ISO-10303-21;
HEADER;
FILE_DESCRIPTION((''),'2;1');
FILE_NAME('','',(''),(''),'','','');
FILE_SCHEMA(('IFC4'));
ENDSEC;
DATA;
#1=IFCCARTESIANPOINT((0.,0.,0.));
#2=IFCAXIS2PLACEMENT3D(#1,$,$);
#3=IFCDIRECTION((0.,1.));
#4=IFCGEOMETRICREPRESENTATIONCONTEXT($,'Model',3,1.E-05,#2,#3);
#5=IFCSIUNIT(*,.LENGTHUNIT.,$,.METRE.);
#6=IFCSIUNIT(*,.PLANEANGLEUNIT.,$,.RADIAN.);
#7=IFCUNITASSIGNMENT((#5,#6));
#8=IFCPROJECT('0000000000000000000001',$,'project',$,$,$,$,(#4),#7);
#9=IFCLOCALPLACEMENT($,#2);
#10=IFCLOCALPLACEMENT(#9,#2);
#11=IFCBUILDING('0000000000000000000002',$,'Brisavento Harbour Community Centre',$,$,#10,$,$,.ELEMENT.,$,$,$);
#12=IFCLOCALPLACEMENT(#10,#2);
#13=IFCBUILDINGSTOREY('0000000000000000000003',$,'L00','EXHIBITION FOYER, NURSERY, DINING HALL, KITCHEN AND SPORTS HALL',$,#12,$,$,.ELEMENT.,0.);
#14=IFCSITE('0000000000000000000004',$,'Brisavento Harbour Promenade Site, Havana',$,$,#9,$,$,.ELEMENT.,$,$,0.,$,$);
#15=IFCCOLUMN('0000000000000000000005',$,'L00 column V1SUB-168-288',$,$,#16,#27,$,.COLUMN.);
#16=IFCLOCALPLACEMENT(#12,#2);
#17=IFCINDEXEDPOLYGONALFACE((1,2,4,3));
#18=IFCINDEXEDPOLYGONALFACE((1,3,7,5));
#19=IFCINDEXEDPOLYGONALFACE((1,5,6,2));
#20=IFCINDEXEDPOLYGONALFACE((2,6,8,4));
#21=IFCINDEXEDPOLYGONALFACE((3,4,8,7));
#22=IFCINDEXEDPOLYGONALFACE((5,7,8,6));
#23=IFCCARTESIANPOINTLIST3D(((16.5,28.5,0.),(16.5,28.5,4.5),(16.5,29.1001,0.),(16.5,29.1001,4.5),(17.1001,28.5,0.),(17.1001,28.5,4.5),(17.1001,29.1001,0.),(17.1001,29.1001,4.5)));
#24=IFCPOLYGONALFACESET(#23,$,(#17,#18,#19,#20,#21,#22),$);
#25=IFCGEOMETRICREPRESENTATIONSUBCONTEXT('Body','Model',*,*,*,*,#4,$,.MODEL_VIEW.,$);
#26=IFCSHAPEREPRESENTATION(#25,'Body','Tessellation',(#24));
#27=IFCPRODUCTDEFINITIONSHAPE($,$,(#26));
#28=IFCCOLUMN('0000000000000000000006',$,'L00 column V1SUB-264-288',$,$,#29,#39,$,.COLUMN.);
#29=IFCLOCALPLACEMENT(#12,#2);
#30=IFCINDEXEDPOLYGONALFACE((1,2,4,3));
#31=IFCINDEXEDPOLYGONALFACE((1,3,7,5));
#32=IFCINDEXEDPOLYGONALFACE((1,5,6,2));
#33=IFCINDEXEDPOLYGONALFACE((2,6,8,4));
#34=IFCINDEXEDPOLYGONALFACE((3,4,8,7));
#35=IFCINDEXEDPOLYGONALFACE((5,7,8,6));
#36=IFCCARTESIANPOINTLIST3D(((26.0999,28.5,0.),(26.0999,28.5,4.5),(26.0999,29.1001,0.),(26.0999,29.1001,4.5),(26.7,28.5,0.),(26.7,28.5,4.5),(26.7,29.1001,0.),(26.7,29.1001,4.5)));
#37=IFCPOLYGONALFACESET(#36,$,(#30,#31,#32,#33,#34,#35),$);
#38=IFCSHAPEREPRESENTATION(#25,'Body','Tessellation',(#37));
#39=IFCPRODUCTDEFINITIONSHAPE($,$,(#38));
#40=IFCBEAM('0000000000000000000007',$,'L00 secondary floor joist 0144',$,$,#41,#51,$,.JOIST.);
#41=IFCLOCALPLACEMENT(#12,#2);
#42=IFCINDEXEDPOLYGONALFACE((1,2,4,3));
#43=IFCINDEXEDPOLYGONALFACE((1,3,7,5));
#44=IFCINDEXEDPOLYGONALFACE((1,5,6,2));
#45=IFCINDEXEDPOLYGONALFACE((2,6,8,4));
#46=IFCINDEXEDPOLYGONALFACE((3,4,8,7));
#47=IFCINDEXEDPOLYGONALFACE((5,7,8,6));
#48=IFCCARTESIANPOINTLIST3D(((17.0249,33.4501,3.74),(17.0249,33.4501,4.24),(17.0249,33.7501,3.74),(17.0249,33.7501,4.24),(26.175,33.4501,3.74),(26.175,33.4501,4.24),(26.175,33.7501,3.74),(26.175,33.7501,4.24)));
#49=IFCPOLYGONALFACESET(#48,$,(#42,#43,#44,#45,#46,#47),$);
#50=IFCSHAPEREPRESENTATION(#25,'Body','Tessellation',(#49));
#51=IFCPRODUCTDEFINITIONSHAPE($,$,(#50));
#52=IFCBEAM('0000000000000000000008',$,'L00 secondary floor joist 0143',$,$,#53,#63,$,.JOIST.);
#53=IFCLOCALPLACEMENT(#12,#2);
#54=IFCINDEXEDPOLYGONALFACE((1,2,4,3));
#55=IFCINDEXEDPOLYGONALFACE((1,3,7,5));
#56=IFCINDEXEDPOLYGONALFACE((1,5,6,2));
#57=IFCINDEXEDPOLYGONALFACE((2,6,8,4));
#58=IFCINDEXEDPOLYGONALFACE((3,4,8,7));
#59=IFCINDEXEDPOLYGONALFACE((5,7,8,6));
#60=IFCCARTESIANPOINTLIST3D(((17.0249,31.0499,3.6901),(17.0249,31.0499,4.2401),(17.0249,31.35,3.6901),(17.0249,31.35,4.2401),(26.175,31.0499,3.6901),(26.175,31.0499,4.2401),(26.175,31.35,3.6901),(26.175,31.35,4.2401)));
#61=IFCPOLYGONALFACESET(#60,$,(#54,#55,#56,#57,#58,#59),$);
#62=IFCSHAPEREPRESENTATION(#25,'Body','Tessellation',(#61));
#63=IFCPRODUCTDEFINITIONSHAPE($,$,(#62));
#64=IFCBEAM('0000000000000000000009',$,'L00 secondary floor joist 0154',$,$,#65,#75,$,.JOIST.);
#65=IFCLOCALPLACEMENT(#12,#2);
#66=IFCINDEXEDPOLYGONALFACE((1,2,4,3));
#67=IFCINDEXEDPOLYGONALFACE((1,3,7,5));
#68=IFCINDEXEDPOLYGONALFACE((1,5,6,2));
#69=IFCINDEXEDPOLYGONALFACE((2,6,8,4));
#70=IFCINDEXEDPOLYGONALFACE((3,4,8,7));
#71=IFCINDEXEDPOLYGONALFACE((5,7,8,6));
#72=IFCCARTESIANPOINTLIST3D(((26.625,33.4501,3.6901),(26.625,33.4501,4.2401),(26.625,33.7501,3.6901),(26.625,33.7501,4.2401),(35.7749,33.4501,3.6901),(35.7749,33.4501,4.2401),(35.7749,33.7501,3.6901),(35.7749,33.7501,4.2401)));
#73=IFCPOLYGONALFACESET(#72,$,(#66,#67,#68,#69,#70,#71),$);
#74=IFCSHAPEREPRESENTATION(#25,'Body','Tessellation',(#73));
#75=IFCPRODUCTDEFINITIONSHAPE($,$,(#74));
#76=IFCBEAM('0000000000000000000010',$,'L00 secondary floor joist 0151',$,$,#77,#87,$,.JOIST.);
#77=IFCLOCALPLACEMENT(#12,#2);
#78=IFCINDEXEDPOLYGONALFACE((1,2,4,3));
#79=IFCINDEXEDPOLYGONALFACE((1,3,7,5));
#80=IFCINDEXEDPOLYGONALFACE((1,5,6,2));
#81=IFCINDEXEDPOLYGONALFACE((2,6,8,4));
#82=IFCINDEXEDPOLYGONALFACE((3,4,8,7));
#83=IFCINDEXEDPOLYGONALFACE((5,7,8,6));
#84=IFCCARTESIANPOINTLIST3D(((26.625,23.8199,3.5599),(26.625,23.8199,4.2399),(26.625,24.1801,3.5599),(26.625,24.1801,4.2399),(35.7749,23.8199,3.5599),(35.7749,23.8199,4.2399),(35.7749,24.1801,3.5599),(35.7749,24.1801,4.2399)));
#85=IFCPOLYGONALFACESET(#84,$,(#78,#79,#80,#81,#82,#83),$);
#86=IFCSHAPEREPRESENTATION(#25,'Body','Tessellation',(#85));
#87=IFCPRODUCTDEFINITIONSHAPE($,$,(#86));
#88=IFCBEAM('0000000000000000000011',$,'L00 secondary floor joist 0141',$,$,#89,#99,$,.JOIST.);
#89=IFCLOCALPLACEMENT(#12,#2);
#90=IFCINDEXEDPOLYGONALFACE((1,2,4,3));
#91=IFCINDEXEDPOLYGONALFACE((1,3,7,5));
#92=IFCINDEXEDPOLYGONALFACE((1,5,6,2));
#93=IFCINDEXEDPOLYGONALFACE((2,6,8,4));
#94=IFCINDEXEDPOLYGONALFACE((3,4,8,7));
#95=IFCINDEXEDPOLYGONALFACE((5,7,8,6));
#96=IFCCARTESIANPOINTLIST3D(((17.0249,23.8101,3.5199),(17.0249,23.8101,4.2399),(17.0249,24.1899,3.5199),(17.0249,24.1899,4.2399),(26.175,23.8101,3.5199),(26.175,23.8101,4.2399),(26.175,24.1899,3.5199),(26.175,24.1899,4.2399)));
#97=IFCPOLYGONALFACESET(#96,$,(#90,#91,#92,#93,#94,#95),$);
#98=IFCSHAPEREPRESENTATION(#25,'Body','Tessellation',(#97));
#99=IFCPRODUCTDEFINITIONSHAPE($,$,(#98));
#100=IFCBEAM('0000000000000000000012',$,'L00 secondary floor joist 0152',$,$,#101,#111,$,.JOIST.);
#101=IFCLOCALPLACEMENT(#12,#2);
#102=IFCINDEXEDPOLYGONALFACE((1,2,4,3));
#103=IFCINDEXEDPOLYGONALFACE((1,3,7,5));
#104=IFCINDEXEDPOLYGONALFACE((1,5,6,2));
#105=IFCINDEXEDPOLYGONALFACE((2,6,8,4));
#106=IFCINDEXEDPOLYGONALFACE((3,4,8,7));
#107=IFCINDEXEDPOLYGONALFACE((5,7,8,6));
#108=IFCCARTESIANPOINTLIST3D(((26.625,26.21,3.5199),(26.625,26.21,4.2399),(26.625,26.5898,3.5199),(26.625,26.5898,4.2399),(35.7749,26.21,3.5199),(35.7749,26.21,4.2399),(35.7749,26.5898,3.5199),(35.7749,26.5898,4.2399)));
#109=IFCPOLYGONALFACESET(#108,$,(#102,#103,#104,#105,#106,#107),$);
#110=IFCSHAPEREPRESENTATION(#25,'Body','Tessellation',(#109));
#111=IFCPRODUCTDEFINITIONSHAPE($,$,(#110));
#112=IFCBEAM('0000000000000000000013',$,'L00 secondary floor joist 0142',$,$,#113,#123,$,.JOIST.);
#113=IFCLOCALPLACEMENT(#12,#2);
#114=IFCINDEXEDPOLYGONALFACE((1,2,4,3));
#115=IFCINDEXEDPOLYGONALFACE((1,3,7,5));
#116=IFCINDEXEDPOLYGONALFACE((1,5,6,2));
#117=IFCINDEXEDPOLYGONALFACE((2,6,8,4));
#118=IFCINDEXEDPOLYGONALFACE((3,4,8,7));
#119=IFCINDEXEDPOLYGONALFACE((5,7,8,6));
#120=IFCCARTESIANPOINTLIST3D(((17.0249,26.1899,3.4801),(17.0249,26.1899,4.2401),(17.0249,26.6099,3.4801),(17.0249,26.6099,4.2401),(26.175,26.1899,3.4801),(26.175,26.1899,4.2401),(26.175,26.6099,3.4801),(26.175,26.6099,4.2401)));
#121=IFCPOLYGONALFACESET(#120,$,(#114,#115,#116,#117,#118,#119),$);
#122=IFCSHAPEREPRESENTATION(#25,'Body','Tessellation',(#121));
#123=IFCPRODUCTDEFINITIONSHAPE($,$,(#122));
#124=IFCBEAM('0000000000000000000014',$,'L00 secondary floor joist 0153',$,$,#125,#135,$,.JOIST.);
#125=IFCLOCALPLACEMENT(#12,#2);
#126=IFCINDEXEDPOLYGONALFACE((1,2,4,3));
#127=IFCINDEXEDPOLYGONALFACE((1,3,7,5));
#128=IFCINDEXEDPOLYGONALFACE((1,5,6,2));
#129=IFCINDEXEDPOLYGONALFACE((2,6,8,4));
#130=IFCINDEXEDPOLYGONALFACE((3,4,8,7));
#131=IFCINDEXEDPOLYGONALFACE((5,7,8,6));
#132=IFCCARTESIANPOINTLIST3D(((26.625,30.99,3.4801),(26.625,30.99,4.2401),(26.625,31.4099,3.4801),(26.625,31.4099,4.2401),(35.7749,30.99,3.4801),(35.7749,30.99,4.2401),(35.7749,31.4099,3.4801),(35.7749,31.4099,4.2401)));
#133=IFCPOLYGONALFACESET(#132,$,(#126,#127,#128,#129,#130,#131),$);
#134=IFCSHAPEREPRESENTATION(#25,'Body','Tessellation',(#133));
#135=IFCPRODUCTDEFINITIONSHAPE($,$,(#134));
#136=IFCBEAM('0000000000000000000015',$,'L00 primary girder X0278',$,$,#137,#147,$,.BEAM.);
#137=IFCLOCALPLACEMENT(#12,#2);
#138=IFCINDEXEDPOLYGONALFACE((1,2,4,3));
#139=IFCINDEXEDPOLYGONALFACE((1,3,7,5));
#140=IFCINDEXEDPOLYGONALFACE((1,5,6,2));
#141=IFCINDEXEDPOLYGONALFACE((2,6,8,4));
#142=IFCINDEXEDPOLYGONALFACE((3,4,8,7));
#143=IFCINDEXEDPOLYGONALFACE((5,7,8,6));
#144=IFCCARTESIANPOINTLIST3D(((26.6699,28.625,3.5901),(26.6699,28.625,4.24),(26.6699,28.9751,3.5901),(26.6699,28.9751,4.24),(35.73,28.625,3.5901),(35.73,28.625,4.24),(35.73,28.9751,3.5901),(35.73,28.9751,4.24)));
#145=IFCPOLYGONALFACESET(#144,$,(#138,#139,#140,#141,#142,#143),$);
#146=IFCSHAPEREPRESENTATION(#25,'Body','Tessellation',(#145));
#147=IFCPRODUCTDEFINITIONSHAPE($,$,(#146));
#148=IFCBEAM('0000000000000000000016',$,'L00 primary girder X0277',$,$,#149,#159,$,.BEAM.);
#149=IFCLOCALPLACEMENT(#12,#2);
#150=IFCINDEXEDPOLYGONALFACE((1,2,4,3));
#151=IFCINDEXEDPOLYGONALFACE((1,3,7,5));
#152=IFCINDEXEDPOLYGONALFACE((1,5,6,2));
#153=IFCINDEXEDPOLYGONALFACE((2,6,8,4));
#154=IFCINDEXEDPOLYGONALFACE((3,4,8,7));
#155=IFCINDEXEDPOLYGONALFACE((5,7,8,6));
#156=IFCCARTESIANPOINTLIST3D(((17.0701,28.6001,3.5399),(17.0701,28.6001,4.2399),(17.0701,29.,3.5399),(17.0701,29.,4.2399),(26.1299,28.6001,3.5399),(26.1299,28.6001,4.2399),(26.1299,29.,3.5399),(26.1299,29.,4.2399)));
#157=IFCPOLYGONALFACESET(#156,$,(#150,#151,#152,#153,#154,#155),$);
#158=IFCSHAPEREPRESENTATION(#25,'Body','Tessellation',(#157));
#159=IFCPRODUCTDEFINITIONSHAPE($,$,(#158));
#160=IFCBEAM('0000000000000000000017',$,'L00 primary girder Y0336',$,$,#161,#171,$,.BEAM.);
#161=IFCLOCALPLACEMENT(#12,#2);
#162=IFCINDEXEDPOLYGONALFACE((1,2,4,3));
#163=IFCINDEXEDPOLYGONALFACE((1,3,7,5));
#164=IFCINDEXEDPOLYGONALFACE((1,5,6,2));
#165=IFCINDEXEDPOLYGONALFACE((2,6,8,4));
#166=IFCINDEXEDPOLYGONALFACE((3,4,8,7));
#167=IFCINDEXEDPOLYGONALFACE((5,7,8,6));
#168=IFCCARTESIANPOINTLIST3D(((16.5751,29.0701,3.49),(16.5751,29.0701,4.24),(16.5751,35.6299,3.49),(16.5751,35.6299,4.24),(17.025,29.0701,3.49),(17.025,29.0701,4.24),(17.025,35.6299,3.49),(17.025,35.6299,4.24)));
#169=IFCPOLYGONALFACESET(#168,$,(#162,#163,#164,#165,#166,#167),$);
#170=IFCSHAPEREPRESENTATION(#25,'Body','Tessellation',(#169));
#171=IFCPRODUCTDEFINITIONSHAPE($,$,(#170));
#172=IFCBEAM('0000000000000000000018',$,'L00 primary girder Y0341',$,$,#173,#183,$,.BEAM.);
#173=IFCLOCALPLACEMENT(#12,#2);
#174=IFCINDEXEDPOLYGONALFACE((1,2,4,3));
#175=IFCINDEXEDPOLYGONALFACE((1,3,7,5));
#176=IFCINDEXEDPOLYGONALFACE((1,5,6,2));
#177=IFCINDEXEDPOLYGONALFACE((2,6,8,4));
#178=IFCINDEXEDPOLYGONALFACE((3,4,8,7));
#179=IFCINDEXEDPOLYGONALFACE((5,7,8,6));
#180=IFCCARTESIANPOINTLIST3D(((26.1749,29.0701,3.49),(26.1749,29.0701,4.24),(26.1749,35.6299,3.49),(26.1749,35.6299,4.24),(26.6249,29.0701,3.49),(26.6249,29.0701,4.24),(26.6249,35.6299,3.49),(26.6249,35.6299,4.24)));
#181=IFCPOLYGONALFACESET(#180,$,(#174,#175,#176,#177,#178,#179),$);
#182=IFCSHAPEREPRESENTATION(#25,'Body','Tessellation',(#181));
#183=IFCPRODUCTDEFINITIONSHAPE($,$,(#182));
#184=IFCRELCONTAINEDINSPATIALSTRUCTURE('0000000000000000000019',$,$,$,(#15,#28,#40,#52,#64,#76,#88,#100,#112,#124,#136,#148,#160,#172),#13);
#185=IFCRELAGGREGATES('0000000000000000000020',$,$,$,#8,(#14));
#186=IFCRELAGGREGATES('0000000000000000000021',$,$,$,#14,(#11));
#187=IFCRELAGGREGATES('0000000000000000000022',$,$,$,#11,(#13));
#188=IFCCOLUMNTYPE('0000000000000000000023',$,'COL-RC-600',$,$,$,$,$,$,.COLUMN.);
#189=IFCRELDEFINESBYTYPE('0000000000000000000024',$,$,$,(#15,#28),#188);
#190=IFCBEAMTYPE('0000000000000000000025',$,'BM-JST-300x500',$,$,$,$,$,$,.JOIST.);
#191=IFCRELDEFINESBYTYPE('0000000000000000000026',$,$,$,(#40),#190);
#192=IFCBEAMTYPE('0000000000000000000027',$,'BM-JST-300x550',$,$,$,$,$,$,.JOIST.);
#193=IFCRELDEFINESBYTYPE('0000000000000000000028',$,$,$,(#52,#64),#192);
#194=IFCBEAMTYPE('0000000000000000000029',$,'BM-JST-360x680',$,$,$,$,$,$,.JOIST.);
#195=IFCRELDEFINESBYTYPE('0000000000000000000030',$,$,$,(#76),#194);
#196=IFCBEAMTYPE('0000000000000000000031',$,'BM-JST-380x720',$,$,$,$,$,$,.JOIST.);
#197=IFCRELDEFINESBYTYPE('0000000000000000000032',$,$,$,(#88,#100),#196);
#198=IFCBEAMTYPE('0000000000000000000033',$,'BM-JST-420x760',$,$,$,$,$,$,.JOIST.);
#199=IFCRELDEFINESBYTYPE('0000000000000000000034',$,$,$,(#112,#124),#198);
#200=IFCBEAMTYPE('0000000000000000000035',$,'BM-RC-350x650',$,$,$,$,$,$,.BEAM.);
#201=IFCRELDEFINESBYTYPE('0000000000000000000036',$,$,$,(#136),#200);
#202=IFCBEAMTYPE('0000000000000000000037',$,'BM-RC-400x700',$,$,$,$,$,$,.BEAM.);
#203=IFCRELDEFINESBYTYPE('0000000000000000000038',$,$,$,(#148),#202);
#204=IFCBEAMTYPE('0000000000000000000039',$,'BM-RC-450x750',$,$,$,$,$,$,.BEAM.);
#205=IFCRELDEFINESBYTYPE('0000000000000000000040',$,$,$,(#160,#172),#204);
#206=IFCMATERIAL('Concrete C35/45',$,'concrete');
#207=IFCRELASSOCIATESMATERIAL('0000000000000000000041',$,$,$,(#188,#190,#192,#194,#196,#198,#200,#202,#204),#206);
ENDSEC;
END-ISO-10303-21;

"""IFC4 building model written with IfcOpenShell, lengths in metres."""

from ifc_helpers import new_model, si_unit, direction, frame, origin, origin_2d, place, context, subcontext, project, spatial, rectangle, extrude, material, material_profile, profile_set, type_object, element, save


model = new_model("IFC4")

# Units and contexts
model_context = context("Model", 3, precision=1e-05, world=origin(), true_north=direction((0.0, 1.0)))
body_context = subcontext(model_context, "Body", "Model", "MODEL_VIEW")
ifc_project = project(units=[si_unit("LENGTHUNIT", "METRE"), si_unit("PLANEANGLEUNIT", "RADIAN")], contexts=[model_context])

# Site, building, storey
site_placement = place(None, origin())
site = spatial("IfcSite", under=ifc_project, at=site_placement, Name="Brisavento Harbour Promenade Site, Havana", CompositionType="ELEMENT", RefElevation=0.0)
building_placement = place(site_placement, origin())
building = spatial("IfcBuilding", under=site, at=building_placement, Name="Brisavento Harbour Community Centre", CompositionType="ELEMENT")
storey_placement = place(building_placement, origin())
storey = spatial("IfcBuildingStorey", under=building, at=storey_placement, Name="L00", Description="EXHIBITION FOYER, NURSERY, DINING HALL, KITCHEN AND SPORTS HALL", CompositionType="ELEMENT", Elevation=0.0)

# Columns
ifc_material_1 = material(Name="Concrete C35/45", Category="concrete")
ifc_material_profile_1 = material_profile(ifc_material_1, rectangle(XDim=0.6001, YDim=0.6001, at=origin_2d()), Name="Concrete C35/45")
ifc_profile_set_1 = profile_set([ifc_material_profile_1], Name="Concrete C35/45")
column_type = type_object("IfcColumnType", Name="COL-RC-600", PredefinedType="COLUMN", material=ifc_profile_set_1)
for number, where, z_axis, x_axis, name in (
    (1, (16.8, 28.8, 0.0), (0.0, 0.0, 1.0), (1.0, 0.0, 0.0), "L00 column V1SUB-168-288"),
    (2, (26.3999, 28.8, 0.0), (0.0, 0.0, 1.0), (1.0, 0.0, 0.0), "L00 column V1SUB-264-288"),
):
    element("IfcColumn", number, at=place(storey_placement, frame(where, z_axis=z_axis, x_axis=x_axis)), inside=storey, type_object=column_type, Name=name, PredefinedType="COLUMN", context=body_context, shape_type="SweptSolid", body=[
        extrude(rectangle(XDim=0.6001, YDim=0.6001, at=origin_2d()), origin(), (0.0, 0.0, 1.0), 4.5),
    ])

# Beams
ifc_material_profile_2 = material_profile(ifc_material_1, rectangle(XDim=0.3, YDim=0.5, at=origin_2d()), Name="Concrete C35/45")
ifc_profile_set_2 = profile_set([ifc_material_profile_2], Name="Concrete C35/45")
beam_type_1 = type_object("IfcBeamType", Name="BM-JST-300x500", PredefinedType="JOIST", material=ifc_profile_set_2)
beam_1_placement = place(storey_placement, frame((17.0249, 33.6001, 3.99), z_axis=(1.0, 0.0, 0.0), x_axis=(0.0, 1.0, 0.0)))
element("IfcBeam", 3, at=beam_1_placement, inside=storey, type_object=beam_type_1, Name="L00 secondary floor joist 0144", PredefinedType="JOIST", context=body_context, shape_type="SweptSolid", body=[
    extrude(rectangle(XDim=0.3, YDim=0.5, at=origin_2d()), origin(), (0.0, 0.0, 1.0), 9.1501),
])
ifc_material_profile_3 = material_profile(ifc_material_1, rectangle(XDim=0.3, YDim=0.55, at=origin_2d()), Name="Concrete C35/45")
ifc_profile_set_3 = profile_set([ifc_material_profile_3], Name="Concrete C35/45")
beam_type_2 = type_object("IfcBeamType", Name="BM-JST-300x550", PredefinedType="JOIST", material=ifc_profile_set_3)
beam_2_placement = place(storey_placement, frame((17.0249, 31.2, 3.9651), z_axis=(1.0, 0.0, 0.0), x_axis=(0.0, 1.0, 0.0)))
element("IfcBeam", 4, at=beam_2_placement, inside=storey, type_object=beam_type_2, Name="L00 secondary floor joist 0143", PredefinedType="JOIST", context=body_context, shape_type="SweptSolid", body=[
    extrude(rectangle(XDim=0.3, YDim=0.55, at=origin_2d()), origin(), (0.0, 0.0, 1.0), 9.1501),
])
beam_3_placement = place(storey_placement, frame((26.625, 33.6001, 3.9651), z_axis=(1.0, 0.0, 0.0), x_axis=(0.0, 1.0, 0.0)))
element("IfcBeam", 5, at=beam_3_placement, inside=storey, type_object=beam_type_2, Name="L00 secondary floor joist 0154", PredefinedType="JOIST", context=body_context, shape_type="SweptSolid", body=[
    extrude(rectangle(XDim=0.3, YDim=0.55, at=origin_2d()), origin(), (0.0, 0.0, 1.0), 9.1499),
])
ifc_material_profile_4 = material_profile(ifc_material_1, rectangle(XDim=0.3601, YDim=0.6799, at=origin_2d()), Name="Concrete C35/45")
ifc_profile_set_4 = profile_set([ifc_material_profile_4], Name="Concrete C35/45")
beam_type_3 = type_object("IfcBeamType", Name="BM-JST-360x680", PredefinedType="JOIST", material=ifc_profile_set_4)
beam_4_placement = place(storey_placement, frame((26.625, 24.0, 3.8999), z_axis=(1.0, 0.0, 0.0), x_axis=(0.0, 1.0, 0.0)))
element("IfcBeam", 6, at=beam_4_placement, inside=storey, type_object=beam_type_3, Name="L00 secondary floor joist 0151", PredefinedType="JOIST", context=body_context, shape_type="SweptSolid", body=[
    extrude(rectangle(XDim=0.3601, YDim=0.6799, at=origin_2d()), origin(), (0.0, 0.0, 1.0), 9.1499),
])
ifc_material_profile_5 = material_profile(ifc_material_1, rectangle(XDim=0.3799, YDim=0.72, at=origin_2d()), Name="Concrete C35/45")
ifc_profile_set_5 = profile_set([ifc_material_profile_5], Name="Concrete C35/45")
beam_type_4 = type_object("IfcBeamType", Name="BM-JST-380x720", PredefinedType="JOIST", material=ifc_profile_set_5)
beam_5_placement = place(storey_placement, frame((17.0249, 24.0, 3.8799), z_axis=(1.0, 0.0, 0.0), x_axis=(0.0, 1.0, 0.0)))
element("IfcBeam", 7, at=beam_5_placement, inside=storey, type_object=beam_type_4, Name="L00 secondary floor joist 0141", PredefinedType="JOIST", context=body_context, shape_type="SweptSolid", body=[
    extrude(rectangle(XDim=0.3799, YDim=0.72, at=origin_2d()), origin(), (0.0, 0.0, 1.0), 9.1501),
])
beam_6_placement = place(storey_placement, frame((26.625, 26.3999, 3.8799), z_axis=(1.0, 0.0, 0.0), x_axis=(0.0, 1.0, 0.0)))
element("IfcBeam", 8, at=beam_6_placement, inside=storey, type_object=beam_type_4, Name="L00 secondary floor joist 0152", PredefinedType="JOIST", context=body_context, shape_type="SweptSolid", body=[
    extrude(rectangle(XDim=0.3799, YDim=0.72, at=origin_2d()), origin(), (0.0, 0.0, 1.0), 9.1499),
])
ifc_material_profile_6 = material_profile(ifc_material_1, rectangle(XDim=0.4199, YDim=0.76, at=origin_2d()), Name="Concrete C35/45")
ifc_profile_set_6 = profile_set([ifc_material_profile_6], Name="Concrete C35/45")
beam_type_5 = type_object("IfcBeamType", Name="BM-JST-420x760", PredefinedType="JOIST", material=ifc_profile_set_6)
beam_7_placement = place(storey_placement, frame((17.0249, 26.3999, 3.8601), z_axis=(1.0, 0.0, 0.0), x_axis=(0.0, 1.0, 0.0)))
element("IfcBeam", 9, at=beam_7_placement, inside=storey, type_object=beam_type_5, Name="L00 secondary floor joist 0142", PredefinedType="JOIST", context=body_context, shape_type="SweptSolid", body=[
    extrude(rectangle(XDim=0.4199, YDim=0.76, at=origin_2d()), origin(), (0.0, 0.0, 1.0), 9.1501),
])
beam_8_placement = place(storey_placement, frame((26.625, 31.2, 3.8601), z_axis=(1.0, 0.0, 0.0), x_axis=(0.0, 1.0, 0.0)))
element("IfcBeam", 10, at=beam_8_placement, inside=storey, type_object=beam_type_5, Name="L00 secondary floor joist 0153", PredefinedType="JOIST", context=body_context, shape_type="SweptSolid", body=[
    extrude(rectangle(XDim=0.4199, YDim=0.76, at=origin_2d()), origin(), (0.0, 0.0, 1.0), 9.1499),
])
ifc_material_profile_7 = material_profile(ifc_material_1, rectangle(XDim=0.3501, YDim=0.6499, at=origin_2d()), Name="Concrete C35/45")
ifc_profile_set_7 = profile_set([ifc_material_profile_7], Name="Concrete C35/45")
beam_type_6 = type_object("IfcBeamType", Name="BM-RC-350x650", PredefinedType="BEAM", material=ifc_profile_set_7)
beam_9_placement = place(storey_placement, frame((26.6699, 28.8, 3.915), z_axis=(1.0, 0.0, 0.0), x_axis=(0.0, 1.0, 0.0)))
element("IfcBeam", 11, at=beam_9_placement, inside=storey, type_object=beam_type_6, Name="L00 primary girder X0278", PredefinedType="BEAM", context=body_context, shape_type="SweptSolid", body=[
    extrude(rectangle(XDim=0.3501, YDim=0.6499, at=origin_2d()), origin(), (0.0, 0.0, 1.0), 9.0601),
])
ifc_material_profile_8 = material_profile(ifc_material_1, rectangle(XDim=0.3999, YDim=0.7, at=origin_2d()), Name="Concrete C35/45")
ifc_profile_set_8 = profile_set([ifc_material_profile_8], Name="Concrete C35/45")
beam_type_7 = type_object("IfcBeamType", Name="BM-RC-400x700", PredefinedType="BEAM", material=ifc_profile_set_8)
beam_10_placement = place(storey_placement, frame((17.0701, 28.8, 3.8899), z_axis=(1.0, 0.0, 0.0), x_axis=(0.0, 1.0, 0.0)))
element("IfcBeam", 12, at=beam_10_placement, inside=storey, type_object=beam_type_7, Name="L00 primary girder X0277", PredefinedType="BEAM", context=body_context, shape_type="SweptSolid", body=[
    extrude(rectangle(XDim=0.3999, YDim=0.7, at=origin_2d()), origin(), (0.0, 0.0, 1.0), 9.0598),
])
ifc_material_profile_9 = material_profile(ifc_material_1, rectangle(XDim=0.45, YDim=0.75, at=origin_2d()), Name="Concrete C35/45")
ifc_profile_set_9 = profile_set([ifc_material_profile_9], Name="Concrete C35/45")
beam_type_8 = type_object("IfcBeamType", Name="BM-RC-450x750", PredefinedType="BEAM", material=ifc_profile_set_9)
for number, where, z_axis, x_axis, name in (
    (13, (16.8, 29.0701, 3.865), (0.0, 1.0, 0.0), (-1.0, 0.0, 0.0), "L00 primary girder Y0336"),
    (14, (26.3999, 29.0701, 3.865), (0.0, 1.0, 0.0), (-1.0, 0.0, 0.0), "L00 primary girder Y0341"),
):
    element("IfcBeam", number, at=place(storey_placement, frame(where, z_axis=z_axis, x_axis=x_axis)), inside=storey, type_object=beam_type_8, Name=name, PredefinedType="BEAM", context=body_context, shape_type="SweptSolid", body=[
        extrude(rectangle(XDim=0.45, YDim=0.75, at=origin_2d()), origin(), (0.0, 0.0, 1.0), 6.5598),
    ])

save(model, "model.ifc")
